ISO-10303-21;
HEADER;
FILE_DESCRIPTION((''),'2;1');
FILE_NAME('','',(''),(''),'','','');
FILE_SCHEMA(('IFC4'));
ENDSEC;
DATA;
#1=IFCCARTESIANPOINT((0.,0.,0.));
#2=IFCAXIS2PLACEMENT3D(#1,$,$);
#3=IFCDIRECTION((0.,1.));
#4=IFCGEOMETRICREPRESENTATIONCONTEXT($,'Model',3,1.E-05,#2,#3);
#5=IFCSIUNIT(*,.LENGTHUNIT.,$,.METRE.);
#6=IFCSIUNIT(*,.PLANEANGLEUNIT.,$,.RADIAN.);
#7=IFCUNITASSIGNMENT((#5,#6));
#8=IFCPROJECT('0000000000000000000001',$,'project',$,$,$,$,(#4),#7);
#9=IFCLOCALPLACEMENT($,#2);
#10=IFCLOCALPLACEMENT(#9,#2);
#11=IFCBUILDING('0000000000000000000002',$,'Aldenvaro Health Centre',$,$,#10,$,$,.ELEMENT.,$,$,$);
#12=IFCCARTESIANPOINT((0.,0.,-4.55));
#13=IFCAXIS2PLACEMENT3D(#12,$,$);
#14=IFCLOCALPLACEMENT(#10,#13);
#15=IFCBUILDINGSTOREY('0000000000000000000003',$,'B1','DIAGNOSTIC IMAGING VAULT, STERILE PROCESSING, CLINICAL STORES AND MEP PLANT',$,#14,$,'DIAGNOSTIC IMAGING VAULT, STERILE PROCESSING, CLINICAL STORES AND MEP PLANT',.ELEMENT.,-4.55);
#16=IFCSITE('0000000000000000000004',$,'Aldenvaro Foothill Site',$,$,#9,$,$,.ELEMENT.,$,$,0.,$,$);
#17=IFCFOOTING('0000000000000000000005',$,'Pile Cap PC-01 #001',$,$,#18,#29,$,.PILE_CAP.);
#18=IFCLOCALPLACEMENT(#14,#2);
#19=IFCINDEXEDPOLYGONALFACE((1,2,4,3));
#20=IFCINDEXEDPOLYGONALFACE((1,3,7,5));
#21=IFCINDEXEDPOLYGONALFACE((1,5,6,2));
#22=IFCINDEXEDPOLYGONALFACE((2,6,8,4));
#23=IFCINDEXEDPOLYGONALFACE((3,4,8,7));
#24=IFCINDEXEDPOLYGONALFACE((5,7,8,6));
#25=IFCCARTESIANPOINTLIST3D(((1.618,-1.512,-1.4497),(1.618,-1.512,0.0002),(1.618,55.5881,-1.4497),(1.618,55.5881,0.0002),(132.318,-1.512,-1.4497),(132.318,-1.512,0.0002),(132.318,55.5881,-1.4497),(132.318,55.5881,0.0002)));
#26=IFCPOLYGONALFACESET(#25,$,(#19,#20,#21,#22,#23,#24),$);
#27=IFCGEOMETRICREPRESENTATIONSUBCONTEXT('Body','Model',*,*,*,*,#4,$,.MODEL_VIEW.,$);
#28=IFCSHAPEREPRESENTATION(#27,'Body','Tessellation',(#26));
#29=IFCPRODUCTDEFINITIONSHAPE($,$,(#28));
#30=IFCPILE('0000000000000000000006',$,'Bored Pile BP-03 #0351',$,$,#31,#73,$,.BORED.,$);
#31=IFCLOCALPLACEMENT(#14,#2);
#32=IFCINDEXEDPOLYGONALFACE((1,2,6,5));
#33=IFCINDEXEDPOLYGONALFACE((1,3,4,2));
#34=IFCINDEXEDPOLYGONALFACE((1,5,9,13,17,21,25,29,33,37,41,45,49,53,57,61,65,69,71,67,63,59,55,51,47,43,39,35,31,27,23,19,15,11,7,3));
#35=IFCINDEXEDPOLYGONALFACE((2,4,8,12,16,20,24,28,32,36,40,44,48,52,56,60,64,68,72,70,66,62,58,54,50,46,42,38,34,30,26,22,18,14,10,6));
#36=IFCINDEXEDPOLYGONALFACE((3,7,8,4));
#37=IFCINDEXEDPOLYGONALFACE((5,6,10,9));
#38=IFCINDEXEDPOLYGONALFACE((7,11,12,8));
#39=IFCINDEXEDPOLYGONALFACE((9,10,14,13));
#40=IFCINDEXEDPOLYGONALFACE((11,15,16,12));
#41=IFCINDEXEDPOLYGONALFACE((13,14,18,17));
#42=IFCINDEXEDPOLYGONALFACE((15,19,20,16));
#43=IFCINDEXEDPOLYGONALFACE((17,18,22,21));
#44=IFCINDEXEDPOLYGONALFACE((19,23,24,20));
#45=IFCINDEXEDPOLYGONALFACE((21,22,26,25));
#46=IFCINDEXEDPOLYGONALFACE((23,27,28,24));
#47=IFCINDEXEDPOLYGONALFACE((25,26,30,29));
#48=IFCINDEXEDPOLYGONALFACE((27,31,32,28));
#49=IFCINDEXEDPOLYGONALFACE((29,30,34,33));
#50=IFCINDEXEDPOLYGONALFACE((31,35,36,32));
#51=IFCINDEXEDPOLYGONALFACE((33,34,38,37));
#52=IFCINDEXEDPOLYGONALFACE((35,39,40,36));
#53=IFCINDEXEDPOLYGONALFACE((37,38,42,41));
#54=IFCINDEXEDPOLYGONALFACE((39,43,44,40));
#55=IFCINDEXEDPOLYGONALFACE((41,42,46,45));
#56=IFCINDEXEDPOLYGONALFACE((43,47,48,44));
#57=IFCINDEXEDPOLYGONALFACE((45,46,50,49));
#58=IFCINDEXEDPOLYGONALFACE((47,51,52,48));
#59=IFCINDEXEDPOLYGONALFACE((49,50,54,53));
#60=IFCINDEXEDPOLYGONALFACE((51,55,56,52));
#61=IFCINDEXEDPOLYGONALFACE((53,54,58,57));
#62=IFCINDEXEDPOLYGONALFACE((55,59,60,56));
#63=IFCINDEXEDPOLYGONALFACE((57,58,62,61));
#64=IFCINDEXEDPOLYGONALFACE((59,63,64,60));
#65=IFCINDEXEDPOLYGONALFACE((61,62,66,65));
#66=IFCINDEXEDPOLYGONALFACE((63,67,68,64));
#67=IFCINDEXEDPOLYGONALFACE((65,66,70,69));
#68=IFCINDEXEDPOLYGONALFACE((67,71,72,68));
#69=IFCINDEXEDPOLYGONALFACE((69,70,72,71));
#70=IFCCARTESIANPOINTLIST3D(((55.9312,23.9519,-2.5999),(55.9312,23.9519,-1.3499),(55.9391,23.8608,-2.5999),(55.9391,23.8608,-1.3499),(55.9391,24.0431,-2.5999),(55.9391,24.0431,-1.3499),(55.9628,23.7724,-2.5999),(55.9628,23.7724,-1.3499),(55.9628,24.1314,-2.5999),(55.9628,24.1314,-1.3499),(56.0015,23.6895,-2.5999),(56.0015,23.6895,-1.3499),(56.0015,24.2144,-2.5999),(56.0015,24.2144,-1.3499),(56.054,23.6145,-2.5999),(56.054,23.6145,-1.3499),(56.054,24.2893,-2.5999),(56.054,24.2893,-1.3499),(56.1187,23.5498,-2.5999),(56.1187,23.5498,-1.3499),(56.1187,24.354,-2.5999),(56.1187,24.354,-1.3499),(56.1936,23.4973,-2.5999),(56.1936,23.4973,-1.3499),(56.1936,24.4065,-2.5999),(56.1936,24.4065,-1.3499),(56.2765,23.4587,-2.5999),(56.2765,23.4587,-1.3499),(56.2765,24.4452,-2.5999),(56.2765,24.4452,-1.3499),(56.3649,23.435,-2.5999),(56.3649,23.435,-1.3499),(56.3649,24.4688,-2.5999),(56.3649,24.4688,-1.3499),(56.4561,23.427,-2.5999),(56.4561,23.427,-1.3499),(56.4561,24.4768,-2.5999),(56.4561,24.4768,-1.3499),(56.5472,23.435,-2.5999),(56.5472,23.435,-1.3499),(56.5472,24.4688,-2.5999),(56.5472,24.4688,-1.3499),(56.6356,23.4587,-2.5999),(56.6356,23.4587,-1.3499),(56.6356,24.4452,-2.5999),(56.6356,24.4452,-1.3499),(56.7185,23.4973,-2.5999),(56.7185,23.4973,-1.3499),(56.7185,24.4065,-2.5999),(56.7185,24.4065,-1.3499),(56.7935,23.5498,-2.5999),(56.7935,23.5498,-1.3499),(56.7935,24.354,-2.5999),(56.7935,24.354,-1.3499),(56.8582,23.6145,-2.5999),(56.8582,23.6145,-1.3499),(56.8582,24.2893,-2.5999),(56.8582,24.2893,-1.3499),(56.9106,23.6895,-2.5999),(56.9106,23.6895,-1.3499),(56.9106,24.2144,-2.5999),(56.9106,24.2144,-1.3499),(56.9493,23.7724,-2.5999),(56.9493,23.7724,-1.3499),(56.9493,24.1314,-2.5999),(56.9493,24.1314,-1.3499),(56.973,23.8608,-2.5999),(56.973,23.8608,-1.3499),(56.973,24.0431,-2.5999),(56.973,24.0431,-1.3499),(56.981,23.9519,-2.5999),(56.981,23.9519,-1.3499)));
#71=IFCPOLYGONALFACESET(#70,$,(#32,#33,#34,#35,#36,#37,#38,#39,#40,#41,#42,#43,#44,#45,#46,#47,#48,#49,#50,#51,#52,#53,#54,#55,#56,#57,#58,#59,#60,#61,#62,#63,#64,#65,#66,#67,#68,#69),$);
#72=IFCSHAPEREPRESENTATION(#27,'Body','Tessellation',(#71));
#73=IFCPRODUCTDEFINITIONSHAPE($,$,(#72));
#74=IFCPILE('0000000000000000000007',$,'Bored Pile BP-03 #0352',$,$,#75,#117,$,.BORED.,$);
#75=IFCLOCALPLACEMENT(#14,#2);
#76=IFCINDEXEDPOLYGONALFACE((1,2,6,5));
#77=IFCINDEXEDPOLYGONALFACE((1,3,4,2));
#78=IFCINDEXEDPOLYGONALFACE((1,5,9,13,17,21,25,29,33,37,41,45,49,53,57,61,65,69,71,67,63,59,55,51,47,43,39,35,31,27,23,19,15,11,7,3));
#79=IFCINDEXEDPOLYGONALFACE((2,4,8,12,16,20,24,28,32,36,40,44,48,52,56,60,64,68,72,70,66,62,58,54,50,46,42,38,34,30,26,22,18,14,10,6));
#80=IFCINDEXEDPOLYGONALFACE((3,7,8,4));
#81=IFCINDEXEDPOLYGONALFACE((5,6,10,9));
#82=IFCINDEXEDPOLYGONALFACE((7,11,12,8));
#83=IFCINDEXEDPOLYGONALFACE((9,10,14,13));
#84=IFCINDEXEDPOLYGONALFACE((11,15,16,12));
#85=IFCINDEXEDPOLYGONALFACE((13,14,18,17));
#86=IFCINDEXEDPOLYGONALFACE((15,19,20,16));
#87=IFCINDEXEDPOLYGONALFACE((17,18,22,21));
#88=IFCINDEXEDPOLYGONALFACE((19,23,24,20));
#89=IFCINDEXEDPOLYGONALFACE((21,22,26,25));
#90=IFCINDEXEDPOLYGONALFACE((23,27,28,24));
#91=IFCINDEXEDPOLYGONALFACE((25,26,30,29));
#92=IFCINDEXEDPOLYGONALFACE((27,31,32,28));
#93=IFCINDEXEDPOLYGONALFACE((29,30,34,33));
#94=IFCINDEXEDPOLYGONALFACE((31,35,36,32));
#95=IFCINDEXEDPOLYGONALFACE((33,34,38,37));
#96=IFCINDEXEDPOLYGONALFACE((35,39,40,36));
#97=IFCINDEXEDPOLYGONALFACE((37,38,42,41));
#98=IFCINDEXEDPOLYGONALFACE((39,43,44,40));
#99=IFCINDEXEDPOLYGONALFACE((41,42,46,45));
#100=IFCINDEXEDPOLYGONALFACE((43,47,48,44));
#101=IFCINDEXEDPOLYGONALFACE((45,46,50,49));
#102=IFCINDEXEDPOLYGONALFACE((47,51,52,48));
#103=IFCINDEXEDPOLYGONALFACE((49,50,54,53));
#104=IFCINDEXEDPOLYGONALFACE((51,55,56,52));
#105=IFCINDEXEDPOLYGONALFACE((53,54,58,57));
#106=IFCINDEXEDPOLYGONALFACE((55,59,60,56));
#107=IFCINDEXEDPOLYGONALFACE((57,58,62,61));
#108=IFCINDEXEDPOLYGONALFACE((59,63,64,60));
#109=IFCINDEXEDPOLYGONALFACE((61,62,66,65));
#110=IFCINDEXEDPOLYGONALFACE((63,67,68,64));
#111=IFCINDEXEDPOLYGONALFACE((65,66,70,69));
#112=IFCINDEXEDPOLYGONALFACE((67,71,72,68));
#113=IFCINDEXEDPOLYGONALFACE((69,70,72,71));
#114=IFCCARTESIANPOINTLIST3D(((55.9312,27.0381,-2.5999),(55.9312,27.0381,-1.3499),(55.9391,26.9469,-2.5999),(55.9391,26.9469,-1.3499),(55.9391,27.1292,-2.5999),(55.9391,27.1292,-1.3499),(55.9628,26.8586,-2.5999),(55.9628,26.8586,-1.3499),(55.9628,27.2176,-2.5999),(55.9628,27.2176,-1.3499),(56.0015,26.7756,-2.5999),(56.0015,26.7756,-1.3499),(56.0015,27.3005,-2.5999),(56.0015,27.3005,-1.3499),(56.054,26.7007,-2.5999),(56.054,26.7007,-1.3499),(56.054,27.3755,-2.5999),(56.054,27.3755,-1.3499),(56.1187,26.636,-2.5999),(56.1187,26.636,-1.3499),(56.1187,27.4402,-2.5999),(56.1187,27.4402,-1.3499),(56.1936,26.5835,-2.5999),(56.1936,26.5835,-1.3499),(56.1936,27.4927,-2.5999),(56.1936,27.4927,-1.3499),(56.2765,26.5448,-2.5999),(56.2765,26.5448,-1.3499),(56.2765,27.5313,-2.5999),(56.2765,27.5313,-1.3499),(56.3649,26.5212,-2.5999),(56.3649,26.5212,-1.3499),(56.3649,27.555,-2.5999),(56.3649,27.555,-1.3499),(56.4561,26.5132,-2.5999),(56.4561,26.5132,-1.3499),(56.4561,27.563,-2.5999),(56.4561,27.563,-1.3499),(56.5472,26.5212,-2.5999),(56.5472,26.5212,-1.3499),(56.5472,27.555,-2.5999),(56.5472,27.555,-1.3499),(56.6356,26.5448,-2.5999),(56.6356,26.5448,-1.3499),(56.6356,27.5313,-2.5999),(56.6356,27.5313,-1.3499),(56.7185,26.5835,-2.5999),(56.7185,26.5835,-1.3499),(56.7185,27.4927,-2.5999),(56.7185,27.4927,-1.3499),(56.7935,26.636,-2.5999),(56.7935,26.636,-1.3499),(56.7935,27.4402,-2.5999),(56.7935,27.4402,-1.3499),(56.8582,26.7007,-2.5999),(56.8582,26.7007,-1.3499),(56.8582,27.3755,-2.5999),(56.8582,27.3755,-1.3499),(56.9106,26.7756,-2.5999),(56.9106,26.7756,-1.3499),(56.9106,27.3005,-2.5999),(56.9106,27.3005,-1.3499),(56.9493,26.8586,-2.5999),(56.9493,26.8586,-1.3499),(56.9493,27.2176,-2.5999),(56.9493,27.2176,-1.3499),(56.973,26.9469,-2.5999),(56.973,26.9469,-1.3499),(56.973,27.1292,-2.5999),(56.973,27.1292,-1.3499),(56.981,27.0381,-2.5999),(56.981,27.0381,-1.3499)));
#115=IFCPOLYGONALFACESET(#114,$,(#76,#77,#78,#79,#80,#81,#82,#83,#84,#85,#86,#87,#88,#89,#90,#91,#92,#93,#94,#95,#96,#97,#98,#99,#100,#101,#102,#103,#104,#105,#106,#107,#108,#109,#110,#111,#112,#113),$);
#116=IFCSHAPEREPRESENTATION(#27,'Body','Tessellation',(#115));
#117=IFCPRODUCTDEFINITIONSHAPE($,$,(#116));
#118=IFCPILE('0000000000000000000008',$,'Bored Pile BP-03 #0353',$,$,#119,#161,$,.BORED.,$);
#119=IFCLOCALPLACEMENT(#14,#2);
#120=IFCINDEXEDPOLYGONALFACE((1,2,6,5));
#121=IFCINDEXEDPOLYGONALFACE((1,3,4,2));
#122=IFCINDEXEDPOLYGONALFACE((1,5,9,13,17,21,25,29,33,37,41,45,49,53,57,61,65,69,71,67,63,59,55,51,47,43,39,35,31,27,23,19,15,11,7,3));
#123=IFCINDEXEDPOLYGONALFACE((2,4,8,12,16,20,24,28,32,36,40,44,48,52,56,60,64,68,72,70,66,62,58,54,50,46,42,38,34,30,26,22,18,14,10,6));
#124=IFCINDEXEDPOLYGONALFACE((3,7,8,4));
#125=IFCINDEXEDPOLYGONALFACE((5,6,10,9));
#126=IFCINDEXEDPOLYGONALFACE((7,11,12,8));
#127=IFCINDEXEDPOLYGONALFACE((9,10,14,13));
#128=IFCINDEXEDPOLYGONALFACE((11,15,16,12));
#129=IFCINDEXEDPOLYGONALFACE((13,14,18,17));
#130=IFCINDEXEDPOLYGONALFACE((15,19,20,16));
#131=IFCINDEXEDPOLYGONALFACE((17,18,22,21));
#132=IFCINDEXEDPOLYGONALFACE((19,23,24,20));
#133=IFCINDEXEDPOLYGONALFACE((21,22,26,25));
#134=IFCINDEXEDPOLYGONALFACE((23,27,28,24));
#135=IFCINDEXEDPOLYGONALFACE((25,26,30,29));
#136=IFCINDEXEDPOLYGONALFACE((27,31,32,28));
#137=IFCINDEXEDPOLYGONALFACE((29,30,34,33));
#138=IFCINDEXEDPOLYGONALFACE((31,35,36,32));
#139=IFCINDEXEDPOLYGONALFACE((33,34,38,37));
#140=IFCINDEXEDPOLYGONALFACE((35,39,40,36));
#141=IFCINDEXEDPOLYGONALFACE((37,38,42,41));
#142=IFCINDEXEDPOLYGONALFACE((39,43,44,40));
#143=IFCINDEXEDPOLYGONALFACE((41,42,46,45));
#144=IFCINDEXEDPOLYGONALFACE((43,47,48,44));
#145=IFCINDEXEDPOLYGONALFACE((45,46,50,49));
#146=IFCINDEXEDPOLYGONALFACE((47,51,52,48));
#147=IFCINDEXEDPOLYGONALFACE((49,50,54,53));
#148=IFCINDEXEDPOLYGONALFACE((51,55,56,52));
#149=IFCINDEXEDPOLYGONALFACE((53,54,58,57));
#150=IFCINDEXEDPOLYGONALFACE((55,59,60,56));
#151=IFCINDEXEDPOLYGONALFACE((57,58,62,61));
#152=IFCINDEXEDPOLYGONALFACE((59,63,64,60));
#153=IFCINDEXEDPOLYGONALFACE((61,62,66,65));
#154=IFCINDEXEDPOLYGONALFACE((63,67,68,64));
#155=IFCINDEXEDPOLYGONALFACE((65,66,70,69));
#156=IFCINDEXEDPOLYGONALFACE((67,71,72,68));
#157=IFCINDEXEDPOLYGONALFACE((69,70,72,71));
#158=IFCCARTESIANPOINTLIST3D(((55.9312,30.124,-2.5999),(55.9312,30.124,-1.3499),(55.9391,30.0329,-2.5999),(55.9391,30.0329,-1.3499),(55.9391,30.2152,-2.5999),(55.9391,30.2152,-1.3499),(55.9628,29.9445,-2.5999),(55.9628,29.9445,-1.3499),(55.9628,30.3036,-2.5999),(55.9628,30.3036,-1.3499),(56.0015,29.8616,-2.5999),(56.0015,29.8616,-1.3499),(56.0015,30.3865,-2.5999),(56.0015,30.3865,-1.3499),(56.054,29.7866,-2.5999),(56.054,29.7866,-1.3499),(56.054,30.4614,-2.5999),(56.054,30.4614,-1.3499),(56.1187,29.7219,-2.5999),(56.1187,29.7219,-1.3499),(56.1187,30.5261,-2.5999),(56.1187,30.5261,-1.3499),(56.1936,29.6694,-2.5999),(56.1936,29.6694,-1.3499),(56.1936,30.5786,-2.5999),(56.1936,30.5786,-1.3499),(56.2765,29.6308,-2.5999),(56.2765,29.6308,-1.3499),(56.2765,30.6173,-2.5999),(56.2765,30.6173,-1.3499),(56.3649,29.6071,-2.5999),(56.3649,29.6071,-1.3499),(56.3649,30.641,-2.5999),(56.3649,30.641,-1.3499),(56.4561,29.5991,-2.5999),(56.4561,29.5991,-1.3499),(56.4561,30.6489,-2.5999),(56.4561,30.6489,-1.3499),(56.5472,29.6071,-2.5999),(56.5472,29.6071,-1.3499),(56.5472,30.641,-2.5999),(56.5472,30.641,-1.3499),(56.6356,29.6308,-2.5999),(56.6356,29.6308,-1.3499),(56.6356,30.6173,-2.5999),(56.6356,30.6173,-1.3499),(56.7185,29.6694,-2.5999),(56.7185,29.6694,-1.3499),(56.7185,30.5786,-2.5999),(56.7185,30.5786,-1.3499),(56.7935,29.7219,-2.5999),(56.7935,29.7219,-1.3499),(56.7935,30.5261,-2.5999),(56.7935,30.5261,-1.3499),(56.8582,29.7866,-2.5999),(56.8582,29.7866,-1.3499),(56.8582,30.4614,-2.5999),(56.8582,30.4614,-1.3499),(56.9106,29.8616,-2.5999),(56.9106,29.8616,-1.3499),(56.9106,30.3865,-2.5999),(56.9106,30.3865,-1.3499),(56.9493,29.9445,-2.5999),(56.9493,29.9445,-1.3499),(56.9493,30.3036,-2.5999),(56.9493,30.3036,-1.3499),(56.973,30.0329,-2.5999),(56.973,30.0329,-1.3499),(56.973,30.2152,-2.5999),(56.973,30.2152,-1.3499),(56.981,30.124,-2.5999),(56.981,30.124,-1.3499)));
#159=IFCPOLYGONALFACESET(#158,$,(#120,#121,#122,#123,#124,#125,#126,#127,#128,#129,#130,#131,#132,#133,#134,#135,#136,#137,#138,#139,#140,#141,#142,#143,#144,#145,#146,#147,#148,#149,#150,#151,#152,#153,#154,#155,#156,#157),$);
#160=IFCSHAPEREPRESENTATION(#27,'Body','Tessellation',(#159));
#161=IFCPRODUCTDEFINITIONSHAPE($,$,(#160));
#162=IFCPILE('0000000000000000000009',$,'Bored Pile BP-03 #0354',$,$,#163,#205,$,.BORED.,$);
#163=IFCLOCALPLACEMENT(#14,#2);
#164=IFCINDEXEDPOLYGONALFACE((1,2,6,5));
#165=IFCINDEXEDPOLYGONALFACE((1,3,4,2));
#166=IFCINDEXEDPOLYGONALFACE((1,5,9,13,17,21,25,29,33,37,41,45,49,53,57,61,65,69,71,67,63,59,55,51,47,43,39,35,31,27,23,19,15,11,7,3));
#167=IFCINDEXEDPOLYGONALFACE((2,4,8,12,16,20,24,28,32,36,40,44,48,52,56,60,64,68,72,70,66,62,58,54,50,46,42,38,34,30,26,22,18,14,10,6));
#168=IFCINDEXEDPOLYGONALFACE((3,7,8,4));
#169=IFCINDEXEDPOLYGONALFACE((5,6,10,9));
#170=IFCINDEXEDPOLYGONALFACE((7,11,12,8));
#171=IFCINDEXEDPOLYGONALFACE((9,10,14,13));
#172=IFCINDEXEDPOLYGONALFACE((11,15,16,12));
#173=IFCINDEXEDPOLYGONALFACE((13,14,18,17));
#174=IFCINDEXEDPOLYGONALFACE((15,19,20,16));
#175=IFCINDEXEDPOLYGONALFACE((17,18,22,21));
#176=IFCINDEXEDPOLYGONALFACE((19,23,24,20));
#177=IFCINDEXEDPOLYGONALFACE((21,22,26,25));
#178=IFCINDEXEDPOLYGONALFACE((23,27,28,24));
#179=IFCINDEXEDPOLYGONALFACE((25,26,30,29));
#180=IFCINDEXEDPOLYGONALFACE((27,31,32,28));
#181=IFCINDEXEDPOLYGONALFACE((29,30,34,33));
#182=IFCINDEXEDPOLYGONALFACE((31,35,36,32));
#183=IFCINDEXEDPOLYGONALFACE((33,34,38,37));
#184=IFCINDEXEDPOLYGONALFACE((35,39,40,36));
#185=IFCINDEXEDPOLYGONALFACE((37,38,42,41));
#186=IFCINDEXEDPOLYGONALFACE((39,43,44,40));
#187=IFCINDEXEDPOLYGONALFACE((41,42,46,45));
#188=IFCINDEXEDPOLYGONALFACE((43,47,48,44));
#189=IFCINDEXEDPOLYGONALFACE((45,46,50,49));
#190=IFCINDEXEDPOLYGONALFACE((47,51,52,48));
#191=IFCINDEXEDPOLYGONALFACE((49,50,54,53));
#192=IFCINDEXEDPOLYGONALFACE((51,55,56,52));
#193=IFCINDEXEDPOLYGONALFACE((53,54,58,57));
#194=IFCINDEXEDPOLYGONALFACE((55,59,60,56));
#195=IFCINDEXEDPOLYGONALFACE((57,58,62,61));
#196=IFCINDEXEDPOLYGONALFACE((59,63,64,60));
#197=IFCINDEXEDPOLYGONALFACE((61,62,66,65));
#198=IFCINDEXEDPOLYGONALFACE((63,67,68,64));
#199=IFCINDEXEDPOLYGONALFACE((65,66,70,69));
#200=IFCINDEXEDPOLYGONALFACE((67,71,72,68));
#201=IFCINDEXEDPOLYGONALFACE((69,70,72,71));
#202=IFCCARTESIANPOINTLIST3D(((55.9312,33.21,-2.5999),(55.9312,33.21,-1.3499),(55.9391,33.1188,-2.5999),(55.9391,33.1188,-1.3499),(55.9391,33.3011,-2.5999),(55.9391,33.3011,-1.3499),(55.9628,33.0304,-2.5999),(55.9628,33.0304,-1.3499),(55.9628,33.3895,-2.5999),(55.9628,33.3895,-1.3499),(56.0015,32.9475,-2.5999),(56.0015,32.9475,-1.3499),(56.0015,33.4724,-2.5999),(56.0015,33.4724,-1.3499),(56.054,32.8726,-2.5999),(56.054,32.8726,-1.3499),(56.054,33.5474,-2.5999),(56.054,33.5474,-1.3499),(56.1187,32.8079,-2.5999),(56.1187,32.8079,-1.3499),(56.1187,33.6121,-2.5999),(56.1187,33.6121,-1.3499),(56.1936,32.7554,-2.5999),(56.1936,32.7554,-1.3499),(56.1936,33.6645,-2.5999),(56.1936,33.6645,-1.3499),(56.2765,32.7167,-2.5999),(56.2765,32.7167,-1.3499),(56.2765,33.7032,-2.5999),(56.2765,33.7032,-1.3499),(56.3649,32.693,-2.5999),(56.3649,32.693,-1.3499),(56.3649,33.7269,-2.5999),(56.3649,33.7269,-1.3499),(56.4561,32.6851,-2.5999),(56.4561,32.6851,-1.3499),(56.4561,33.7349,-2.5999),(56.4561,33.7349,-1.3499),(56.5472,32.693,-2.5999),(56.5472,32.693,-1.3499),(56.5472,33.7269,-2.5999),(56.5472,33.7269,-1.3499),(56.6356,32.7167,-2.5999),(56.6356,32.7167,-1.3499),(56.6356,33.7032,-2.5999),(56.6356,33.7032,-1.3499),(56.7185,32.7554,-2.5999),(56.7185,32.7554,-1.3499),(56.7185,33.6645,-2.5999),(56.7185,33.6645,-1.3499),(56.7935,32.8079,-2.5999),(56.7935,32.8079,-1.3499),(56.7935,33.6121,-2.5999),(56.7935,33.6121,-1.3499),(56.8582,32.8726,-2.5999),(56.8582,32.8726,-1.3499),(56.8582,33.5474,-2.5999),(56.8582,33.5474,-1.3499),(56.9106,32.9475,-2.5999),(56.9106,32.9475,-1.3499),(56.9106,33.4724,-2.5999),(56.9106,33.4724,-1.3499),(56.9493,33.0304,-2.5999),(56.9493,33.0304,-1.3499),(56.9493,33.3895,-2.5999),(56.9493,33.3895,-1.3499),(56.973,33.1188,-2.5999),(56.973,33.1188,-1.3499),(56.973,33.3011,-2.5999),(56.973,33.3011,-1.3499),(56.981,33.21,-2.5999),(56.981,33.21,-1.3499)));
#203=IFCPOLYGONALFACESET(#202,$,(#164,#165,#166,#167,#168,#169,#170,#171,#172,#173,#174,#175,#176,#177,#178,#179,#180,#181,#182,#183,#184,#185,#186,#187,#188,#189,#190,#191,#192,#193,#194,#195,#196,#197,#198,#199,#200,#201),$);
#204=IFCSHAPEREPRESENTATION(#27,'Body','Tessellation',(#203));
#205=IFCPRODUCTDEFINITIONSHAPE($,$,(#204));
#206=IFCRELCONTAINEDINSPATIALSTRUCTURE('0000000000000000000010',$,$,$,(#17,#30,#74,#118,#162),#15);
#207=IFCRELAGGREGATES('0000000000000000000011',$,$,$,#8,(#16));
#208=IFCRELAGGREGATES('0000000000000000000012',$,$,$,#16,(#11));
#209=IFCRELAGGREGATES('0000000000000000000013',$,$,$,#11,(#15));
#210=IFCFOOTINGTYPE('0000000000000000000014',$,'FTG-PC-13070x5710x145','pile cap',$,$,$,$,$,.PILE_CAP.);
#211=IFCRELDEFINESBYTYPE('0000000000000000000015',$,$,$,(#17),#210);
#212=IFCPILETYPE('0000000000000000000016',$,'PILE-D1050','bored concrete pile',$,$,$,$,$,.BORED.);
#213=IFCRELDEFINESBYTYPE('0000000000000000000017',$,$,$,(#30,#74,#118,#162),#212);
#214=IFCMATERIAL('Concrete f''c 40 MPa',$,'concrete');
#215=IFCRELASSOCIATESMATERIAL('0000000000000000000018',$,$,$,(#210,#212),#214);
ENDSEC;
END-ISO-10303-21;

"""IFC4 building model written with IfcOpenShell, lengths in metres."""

from ifc_helpers import new_model, si_unit, direction, frame, origin, origin_2d, place, context, subcontext, project, spatial, rectangle, circle, extrude, material, material_profile, profile_set, type_object, element, save


model = new_model("IFC4")

# Units and contexts
model_context = context("Model", 3, precision=1e-05, world=origin(), true_north=direction((0.0, 1.0)))
body_context = subcontext(model_context, "Body", "Model", "MODEL_VIEW")
ifc_project = project(units=[si_unit("LENGTHUNIT", "METRE"), si_unit("PLANEANGLEUNIT", "RADIAN")], contexts=[model_context])

# Site, building, storey
site_placement = place(None, origin())
site = spatial("IfcSite", under=ifc_project, at=site_placement, Name="Aldenvaro Foothill Site", CompositionType="ELEMENT", RefElevation=0.0)
building_placement = place(site_placement, origin())
building = spatial("IfcBuilding", under=site, at=building_placement, Name="Aldenvaro Health Centre", CompositionType="ELEMENT")
storey_placement = place(building_placement, frame((0.0, 0.0, -4.55)))
storey = spatial("IfcBuildingStorey", under=building, at=storey_placement, Name="B1", Description="DIAGNOSTIC IMAGING VAULT, STERILE PROCESSING, CLINICAL STORES AND MEP PLANT", LongName="DIAGNOSTIC IMAGING VAULT, STERILE PROCESSING, CLINICAL STORES AND MEP PLANT", CompositionType="ELEMENT", Elevation=-4.55)

# Footing
ifc_material = material(Name="Concrete f'c 40 MPa", Category="concrete")
footing_type = type_object("IfcFootingType", Name="FTG-PC-13070x5710x145", Description="pile cap", PredefinedType="PILE_CAP", material=ifc_material)
footing_placement = place(storey_placement, frame((66.968, 27.0381, -1.4497), z_axis=(0.0, 0.0, 1.0), x_axis=(1.0, 0.0, 0.0)))
element("IfcFooting", 1, at=footing_placement, inside=storey, type_object=footing_type, Name="Pile Cap PC-01 #001", PredefinedType="PILE_CAP", context=body_context, shape_type="SweptSolid", body=[
    extrude(rectangle(XDim=130.7, YDim=57.1001, at=origin_2d()), origin(), (0.0, 0.0, 1.0), 1.45),
])

# Piles
ifc_material_profile_1 = material_profile(ifc_material, circle(Radius=0.5249, at=origin_2d()), Name="PILE D1050", Category="concrete")
ifc_profile_set_1 = profile_set([ifc_material_profile_1], Name="Concrete f'c 40 MPa")
pile_type = type_object("IfcPileType", Name="PILE-D1050", Description="bored concrete pile", PredefinedType="BORED", material=ifc_profile_set_1)
for number, where, z_axis, x_axis, name in (
    (2, (56.4561, 23.9519, -1.3499), (0.0, 0.0, -1.0), (1.0, 0.0, 0.0), "Bored Pile BP-03 #0351"),
    (3, (56.4561, 27.0381, -1.3499), (0.0, 0.0, -1.0), (1.0, 0.0, 0.0), "Bored Pile BP-03 #0352"),
    (4, (56.4561, 30.124, -1.3499), (0.0, 0.0, -1.0), (1.0, 0.0, 0.0), "Bored Pile BP-03 #0353"),
    (5, (56.4561, 33.21, -1.3499), (0.0, 0.0, -1.0), (1.0, 0.0, 0.0), "Bored Pile BP-03 #0354"),
):
    element("IfcPile", number, at=place(storey_placement, frame(where, z_axis=z_axis, x_axis=x_axis)), inside=storey, type_object=pile_type, Name=name, PredefinedType="BORED", context=body_context, shape_type="SweptSolid", body=[
        extrude(circle(Radius=0.5249, at=origin_2d()), origin(), (0.0, 0.0, 1.0), 1.25),
    ])

save(model, "model.ifc")
